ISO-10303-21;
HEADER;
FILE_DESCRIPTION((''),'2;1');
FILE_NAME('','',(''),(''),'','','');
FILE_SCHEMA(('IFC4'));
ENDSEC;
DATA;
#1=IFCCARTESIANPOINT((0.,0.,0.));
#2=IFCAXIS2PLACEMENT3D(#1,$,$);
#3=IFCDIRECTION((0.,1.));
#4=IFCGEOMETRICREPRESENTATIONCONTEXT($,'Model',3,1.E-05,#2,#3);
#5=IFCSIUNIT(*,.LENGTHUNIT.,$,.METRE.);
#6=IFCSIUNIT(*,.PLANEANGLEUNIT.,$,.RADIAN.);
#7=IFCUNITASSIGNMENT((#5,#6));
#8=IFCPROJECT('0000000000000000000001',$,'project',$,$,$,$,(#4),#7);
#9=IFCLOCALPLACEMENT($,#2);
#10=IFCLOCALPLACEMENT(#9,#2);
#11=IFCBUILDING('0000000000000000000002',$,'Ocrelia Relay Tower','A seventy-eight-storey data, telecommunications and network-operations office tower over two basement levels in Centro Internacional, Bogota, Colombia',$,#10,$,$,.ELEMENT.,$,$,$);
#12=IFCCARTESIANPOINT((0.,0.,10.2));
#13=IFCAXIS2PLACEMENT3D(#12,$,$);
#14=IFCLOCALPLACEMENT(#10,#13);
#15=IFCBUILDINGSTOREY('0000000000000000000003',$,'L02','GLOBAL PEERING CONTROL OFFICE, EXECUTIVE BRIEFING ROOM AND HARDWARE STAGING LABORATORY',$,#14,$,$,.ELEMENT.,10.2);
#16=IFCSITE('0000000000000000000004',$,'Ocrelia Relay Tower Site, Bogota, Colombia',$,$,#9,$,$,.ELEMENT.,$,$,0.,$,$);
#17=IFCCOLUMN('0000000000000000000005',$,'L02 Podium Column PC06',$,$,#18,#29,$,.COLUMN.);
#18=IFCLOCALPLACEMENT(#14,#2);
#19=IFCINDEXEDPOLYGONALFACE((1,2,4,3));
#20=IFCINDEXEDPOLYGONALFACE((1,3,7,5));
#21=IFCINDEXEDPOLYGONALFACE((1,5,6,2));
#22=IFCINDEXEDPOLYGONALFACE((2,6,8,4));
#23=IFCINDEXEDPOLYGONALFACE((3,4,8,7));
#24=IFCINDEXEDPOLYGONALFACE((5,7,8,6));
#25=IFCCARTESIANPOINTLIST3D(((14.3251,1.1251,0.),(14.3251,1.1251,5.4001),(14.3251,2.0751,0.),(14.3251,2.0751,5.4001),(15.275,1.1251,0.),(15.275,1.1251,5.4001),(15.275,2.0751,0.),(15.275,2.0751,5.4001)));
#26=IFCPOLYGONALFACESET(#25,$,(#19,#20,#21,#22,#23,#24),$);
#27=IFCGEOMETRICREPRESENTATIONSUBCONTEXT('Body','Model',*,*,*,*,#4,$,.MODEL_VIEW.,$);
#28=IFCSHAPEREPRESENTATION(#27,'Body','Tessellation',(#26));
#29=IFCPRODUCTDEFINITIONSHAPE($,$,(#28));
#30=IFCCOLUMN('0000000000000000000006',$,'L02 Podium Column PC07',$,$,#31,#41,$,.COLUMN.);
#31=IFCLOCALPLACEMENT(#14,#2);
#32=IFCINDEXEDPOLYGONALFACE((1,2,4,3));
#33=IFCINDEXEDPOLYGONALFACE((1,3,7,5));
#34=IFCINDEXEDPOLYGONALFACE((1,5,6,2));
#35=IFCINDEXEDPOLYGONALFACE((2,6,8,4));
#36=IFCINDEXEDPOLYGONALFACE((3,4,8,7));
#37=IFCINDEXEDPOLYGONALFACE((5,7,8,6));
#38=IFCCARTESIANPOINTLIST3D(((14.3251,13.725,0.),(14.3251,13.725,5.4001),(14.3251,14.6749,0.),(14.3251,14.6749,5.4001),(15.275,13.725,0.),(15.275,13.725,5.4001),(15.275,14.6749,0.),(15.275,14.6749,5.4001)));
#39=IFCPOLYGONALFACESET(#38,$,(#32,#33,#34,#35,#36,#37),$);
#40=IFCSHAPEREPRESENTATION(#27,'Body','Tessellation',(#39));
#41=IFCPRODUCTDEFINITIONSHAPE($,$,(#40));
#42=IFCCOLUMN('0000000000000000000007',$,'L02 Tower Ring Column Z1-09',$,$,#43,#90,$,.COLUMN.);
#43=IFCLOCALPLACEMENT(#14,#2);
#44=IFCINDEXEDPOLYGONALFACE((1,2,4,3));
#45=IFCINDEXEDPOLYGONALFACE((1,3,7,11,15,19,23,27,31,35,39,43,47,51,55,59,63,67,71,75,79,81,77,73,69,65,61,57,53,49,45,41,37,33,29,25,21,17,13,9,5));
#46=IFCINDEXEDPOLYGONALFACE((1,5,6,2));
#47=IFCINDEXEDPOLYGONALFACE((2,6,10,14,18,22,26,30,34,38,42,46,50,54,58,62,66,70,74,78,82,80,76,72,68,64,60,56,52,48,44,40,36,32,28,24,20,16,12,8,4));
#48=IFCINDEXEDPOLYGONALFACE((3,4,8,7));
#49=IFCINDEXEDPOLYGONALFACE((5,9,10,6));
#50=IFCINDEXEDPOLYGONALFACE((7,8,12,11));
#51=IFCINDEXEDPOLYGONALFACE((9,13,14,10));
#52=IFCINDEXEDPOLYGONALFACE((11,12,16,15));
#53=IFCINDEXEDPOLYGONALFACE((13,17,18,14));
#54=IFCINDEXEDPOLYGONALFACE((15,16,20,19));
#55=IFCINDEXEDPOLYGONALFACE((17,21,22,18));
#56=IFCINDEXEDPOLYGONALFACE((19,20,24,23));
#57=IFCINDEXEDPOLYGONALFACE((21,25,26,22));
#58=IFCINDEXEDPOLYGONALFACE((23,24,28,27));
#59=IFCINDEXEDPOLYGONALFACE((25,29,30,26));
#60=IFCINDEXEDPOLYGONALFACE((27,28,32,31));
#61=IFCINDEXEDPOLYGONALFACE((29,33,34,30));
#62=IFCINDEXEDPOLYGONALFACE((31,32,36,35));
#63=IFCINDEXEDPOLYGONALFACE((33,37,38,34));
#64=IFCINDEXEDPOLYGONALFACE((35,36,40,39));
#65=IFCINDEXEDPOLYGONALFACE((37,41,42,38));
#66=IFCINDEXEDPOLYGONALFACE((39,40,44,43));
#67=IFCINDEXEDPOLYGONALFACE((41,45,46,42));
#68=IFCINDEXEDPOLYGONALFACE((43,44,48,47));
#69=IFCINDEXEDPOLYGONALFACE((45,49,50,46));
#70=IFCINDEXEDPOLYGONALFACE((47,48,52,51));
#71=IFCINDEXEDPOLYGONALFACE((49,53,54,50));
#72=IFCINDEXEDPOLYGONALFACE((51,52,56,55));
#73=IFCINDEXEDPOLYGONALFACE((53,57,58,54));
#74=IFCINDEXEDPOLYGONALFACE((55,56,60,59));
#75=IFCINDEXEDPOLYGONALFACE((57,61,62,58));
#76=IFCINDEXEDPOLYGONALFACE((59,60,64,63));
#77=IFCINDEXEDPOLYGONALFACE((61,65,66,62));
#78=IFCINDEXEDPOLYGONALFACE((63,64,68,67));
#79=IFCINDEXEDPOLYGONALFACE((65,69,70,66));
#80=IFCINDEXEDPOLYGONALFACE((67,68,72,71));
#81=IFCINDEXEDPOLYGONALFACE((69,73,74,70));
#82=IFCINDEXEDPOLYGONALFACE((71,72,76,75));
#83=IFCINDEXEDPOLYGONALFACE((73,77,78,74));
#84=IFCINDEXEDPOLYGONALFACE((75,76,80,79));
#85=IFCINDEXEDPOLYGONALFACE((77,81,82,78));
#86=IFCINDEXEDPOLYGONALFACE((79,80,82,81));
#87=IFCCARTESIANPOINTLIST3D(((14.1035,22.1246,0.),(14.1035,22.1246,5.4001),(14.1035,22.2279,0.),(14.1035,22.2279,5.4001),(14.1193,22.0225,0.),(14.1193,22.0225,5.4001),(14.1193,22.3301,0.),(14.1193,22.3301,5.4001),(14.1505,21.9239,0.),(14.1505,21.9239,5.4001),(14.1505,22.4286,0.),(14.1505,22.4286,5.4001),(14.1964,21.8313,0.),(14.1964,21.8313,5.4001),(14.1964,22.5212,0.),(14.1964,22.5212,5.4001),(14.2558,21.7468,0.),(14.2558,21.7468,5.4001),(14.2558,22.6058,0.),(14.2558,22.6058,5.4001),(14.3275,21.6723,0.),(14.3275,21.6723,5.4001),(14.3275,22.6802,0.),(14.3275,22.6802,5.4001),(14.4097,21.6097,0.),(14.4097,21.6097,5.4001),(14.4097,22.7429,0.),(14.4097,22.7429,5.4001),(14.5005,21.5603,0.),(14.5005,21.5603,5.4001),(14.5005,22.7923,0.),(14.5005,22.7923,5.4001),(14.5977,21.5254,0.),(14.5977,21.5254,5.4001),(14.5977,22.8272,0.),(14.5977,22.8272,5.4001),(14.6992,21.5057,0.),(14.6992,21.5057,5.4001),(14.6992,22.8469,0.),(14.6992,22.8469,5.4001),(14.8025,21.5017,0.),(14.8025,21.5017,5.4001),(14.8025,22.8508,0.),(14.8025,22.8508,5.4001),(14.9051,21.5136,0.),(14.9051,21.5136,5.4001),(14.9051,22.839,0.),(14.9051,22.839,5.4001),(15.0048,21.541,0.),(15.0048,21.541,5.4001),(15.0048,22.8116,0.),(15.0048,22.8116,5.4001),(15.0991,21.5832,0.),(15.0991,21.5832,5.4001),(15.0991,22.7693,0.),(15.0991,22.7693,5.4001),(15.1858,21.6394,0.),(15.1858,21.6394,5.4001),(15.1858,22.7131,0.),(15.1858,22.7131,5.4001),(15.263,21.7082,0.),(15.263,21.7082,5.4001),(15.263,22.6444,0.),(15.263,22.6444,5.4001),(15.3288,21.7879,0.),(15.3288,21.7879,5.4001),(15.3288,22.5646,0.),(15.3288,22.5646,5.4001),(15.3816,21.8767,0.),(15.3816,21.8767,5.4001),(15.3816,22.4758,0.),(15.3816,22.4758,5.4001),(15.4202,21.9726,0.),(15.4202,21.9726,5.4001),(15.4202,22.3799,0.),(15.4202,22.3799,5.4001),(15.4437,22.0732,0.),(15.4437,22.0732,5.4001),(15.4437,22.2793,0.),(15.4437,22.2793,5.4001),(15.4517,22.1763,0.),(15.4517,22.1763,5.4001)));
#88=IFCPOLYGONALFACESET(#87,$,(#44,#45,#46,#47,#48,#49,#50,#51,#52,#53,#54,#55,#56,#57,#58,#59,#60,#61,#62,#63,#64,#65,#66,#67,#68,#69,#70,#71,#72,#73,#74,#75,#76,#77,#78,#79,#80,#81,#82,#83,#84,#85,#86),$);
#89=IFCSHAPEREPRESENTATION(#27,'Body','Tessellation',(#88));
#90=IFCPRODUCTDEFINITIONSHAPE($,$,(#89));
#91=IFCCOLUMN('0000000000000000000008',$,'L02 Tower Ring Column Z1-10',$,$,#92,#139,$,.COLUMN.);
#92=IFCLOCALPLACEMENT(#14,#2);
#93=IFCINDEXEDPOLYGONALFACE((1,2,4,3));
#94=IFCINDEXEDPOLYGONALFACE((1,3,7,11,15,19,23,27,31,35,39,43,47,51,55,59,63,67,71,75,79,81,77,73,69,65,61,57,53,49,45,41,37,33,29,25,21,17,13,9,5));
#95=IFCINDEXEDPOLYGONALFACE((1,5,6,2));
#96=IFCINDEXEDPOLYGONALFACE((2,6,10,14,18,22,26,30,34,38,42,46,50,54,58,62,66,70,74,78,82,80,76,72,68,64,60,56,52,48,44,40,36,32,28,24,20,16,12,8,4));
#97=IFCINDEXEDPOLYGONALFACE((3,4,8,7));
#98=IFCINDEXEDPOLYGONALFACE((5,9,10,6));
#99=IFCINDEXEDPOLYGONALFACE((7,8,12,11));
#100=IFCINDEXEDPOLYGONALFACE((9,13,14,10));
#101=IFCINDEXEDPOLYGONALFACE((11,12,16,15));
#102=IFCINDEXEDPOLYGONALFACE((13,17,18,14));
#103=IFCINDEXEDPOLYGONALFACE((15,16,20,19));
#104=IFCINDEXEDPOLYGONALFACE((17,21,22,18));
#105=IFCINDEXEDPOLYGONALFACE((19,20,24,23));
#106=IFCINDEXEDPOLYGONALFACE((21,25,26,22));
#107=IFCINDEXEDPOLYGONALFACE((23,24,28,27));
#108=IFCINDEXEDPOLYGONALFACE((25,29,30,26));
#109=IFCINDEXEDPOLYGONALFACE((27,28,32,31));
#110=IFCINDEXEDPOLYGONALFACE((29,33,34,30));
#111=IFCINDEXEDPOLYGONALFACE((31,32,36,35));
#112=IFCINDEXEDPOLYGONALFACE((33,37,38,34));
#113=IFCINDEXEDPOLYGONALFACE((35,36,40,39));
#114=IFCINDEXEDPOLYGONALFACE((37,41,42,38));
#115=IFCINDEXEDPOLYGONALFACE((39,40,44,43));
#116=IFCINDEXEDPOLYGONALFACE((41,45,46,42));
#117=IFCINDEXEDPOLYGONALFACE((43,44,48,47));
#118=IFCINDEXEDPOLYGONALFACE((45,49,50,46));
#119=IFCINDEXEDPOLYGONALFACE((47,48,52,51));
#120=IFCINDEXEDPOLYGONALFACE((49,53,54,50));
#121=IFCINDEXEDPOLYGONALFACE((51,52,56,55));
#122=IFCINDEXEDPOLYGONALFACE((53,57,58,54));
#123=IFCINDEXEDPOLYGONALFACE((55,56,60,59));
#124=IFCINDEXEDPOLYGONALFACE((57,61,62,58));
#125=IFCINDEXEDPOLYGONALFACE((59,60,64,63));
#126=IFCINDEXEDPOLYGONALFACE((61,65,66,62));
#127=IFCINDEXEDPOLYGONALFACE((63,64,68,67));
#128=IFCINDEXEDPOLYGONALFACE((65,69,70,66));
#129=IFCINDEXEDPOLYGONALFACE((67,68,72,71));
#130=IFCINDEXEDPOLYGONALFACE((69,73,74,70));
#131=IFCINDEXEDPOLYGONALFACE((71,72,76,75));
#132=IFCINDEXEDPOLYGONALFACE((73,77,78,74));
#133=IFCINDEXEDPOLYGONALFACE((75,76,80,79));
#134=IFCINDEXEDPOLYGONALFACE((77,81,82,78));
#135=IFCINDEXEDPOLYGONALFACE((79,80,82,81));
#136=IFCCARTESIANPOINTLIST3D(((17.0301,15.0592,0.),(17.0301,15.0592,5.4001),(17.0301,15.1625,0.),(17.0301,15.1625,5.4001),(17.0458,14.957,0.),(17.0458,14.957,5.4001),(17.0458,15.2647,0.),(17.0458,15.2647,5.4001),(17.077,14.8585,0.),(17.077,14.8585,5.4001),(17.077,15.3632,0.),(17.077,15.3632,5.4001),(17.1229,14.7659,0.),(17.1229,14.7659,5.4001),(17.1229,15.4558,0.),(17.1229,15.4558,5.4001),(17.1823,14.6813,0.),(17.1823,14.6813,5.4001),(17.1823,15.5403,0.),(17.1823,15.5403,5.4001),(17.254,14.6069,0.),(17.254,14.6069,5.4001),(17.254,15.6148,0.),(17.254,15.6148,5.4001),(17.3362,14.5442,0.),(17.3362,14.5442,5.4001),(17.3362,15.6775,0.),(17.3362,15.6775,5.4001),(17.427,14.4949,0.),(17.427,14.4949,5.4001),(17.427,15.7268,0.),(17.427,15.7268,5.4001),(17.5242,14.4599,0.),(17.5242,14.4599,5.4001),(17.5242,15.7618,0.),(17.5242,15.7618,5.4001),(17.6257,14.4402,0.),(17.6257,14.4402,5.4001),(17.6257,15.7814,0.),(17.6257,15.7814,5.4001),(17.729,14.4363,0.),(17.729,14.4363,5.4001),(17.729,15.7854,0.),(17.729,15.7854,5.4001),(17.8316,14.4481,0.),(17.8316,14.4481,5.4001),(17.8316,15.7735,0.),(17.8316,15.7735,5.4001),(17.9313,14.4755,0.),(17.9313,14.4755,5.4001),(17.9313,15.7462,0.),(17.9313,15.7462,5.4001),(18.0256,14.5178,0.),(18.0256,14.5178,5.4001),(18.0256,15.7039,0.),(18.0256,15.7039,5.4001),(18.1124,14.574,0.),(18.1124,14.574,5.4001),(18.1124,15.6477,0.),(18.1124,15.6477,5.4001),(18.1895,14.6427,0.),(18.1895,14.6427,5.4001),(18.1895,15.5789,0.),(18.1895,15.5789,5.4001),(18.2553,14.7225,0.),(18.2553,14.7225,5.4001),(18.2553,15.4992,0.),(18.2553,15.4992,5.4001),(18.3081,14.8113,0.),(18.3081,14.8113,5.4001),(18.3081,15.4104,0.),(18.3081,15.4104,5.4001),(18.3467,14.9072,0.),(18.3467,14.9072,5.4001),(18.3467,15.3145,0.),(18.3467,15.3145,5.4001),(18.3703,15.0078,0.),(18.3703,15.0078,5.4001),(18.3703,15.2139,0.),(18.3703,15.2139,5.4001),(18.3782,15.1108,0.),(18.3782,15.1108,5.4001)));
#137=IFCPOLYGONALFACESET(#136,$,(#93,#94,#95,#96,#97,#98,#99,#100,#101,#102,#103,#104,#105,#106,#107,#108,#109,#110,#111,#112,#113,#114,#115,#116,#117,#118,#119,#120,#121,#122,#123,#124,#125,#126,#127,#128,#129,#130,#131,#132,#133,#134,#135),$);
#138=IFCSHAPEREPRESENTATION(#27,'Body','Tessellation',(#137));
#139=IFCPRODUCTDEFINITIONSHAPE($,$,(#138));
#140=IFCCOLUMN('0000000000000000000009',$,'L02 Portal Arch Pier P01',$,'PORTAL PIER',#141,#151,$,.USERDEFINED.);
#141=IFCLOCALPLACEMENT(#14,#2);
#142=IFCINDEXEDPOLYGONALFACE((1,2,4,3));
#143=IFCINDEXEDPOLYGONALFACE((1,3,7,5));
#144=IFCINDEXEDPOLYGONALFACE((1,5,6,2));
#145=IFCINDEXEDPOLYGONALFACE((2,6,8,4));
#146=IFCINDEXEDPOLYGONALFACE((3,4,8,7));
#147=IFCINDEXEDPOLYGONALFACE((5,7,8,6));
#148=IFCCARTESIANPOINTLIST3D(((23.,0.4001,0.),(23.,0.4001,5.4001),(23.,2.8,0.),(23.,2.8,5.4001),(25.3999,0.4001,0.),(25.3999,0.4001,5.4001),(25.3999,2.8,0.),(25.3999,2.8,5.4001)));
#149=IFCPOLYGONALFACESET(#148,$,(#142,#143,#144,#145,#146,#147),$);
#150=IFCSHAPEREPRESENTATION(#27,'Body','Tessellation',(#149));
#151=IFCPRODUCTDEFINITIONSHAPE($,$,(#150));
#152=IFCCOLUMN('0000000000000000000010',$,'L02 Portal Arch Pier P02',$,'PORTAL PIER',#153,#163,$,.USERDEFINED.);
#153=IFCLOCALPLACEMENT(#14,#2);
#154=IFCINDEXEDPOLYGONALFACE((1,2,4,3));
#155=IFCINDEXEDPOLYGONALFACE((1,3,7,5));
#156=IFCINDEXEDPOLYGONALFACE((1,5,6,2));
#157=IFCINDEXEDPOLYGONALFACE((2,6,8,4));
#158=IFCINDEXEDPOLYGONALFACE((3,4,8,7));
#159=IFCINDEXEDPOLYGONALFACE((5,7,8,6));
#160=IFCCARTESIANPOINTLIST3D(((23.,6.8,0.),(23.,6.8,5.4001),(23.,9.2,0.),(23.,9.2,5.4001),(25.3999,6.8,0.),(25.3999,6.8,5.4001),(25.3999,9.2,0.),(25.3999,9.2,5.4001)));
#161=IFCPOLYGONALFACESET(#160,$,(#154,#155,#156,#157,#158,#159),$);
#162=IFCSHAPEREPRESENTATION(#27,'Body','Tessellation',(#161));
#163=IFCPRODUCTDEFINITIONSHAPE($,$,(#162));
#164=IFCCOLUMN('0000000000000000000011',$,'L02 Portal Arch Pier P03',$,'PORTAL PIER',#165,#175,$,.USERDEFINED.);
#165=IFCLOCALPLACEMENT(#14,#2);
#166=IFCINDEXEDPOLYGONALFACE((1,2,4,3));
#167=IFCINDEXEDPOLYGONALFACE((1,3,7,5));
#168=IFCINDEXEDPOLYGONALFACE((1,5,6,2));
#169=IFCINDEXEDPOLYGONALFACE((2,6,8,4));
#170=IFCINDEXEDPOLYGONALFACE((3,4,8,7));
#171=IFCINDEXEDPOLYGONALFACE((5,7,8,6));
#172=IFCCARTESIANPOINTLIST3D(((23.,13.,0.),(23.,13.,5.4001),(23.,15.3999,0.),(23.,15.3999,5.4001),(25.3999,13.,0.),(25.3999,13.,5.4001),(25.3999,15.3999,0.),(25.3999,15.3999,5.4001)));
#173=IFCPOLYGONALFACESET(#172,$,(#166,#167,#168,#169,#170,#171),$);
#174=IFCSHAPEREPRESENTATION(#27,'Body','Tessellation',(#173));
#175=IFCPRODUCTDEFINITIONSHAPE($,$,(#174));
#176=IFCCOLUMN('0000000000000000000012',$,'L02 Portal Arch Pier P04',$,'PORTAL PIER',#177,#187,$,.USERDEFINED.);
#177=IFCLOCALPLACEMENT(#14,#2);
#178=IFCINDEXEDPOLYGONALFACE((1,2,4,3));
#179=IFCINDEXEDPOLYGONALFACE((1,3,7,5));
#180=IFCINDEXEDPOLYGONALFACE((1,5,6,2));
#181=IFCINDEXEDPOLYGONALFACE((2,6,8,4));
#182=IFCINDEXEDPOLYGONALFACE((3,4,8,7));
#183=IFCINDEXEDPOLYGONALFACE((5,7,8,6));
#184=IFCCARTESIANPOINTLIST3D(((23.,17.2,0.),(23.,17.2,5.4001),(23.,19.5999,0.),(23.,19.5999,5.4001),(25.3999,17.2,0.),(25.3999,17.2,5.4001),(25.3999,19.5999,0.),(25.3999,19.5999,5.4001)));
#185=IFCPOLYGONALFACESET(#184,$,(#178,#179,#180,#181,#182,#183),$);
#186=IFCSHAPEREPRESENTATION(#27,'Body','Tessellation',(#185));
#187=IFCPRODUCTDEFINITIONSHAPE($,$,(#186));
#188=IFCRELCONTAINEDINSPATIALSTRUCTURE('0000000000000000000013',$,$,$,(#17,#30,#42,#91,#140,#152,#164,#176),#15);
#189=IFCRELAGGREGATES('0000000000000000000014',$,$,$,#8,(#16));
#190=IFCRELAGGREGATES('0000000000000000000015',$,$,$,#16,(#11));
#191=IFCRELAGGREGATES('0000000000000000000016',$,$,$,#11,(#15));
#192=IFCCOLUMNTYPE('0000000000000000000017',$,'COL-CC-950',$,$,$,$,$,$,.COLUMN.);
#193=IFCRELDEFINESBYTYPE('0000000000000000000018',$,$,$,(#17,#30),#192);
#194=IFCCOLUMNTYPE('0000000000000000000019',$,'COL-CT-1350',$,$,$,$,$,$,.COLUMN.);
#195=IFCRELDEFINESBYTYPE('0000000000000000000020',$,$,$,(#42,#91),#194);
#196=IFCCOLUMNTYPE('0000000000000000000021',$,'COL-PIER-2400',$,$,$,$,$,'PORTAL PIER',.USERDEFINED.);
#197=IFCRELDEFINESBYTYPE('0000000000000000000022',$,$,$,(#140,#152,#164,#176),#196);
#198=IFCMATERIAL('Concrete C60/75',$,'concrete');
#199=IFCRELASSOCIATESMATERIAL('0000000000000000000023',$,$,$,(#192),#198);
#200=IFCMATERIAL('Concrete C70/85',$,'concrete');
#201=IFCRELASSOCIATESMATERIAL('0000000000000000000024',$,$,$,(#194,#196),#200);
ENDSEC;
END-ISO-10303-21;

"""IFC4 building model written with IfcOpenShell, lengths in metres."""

from ifc_helpers import new_model, si_unit, direction, frame, origin, origin_2d, place, context, subcontext, project, spatial, rectangle, circle, extrude, material, material_profile, profile_set, type_object, element, save


model = new_model("IFC4")

# Units and contexts
model_context = context("Model", 3, precision=1e-05, world=origin(), true_north=direction((0.0, 1.0)))
body_context = subcontext(model_context, "Body", "Model", "MODEL_VIEW")
ifc_project = project(units=[si_unit("LENGTHUNIT", "METRE"), si_unit("PLANEANGLEUNIT", "RADIAN")], contexts=[model_context])

# Site, building, storey
site_placement = place(None, origin())
site = spatial("IfcSite", under=ifc_project, at=site_placement, Name="Ocrelia Relay Tower Site, Bogota, Colombia", CompositionType="ELEMENT", RefElevation=0.0)
building_placement = place(site_placement, origin())
building = spatial("IfcBuilding", under=site, at=building_placement, Name="Ocrelia Relay Tower", Description="A seventy-eight-storey data, telecommunications and network-operations office tower over two basement levels in Centro Internacional, Bogota, Colombia", CompositionType="ELEMENT")
storey_placement = place(building_placement, frame((0.0, 0.0, 10.2)))
storey = spatial("IfcBuildingStorey", under=building, at=storey_placement, Name="L02", Description="GLOBAL PEERING CONTROL OFFICE, EXECUTIVE BRIEFING ROOM AND HARDWARE STAGING LABORATORY", CompositionType="ELEMENT", Elevation=10.2)

# Columns
ifc_material_1 = material(Name="Concrete C60/75", Category="concrete")
ifc_material_profile_1 = material_profile(ifc_material_1, rectangle(XDim=0.95, YDim=0.95, at=origin_2d()), Name="RC-COL-950x950")
ifc_profile_set_1 = profile_set([ifc_material_profile_1], Name="Concrete C60/75")
column_type_1 = type_object("IfcColumnType", Name="COL-CC-950", PredefinedType="COLUMN", material=ifc_profile_set_1)
for number, where, z_axis, x_axis, name in (
    (1, (14.8, 1.6001, 0.0), (0.0, 0.0, 1.0), (1.0, 0.0, 0.0), "L02 Podium Column PC06"),
    (2, (14.8, 14.2, 0.0), (0.0, 0.0, 1.0), (1.0, 0.0, 0.0), "L02 Podium Column PC07"),
):
    element("IfcColumn", number, at=place(storey_placement, frame(where, z_axis=z_axis, x_axis=x_axis)), inside=storey, type_object=column_type_1, Name=name, PredefinedType="COLUMN", context=body_context, shape_type="SweptSolid", body=[
        extrude(rectangle(XDim=0.95, YDim=0.95, at=origin_2d()), origin(), (0.0, 0.0, 1.0), 5.4001),
    ])
ifc_material_2 = material(Name="Concrete C70/85", Category="concrete")
ifc_material_profile_2 = material_profile(ifc_material_2, circle(Radius=0.675, at=origin_2d()), Name="RC-CIR-1350")
ifc_profile_set_2 = profile_set([ifc_material_profile_2], Name="Concrete C70/85")
column_type_2 = type_object("IfcColumnType", Name="COL-CT-1350", PredefinedType="COLUMN", material=ifc_profile_set_2)
for number, where, z_axis, x_axis, name in (
    (3, (14.7766, 22.1763, 0.0), (0.0, 0.0, 1.0), (1.0, 0.0, 0.0), "L02 Tower Ring Column Z1-09"),
    (4, (17.7031, 15.1108, 0.0), (0.0, 0.0, 1.0), (1.0, 0.0, 0.0), "L02 Tower Ring Column Z1-10"),
):
    element("IfcColumn", number, at=place(storey_placement, frame(where, z_axis=z_axis, x_axis=x_axis)), inside=storey, type_object=column_type_2, Name=name, PredefinedType="COLUMN", context=body_context, shape_type="SweptSolid", body=[
        extrude(circle(Radius=0.675, at=origin_2d()), origin(), (0.0, 0.0, 1.0), 5.4001),
    ])
ifc_material_profile_3 = material_profile(ifc_material_2, rectangle(XDim=2.3999, YDim=2.3999, at=origin_2d()), Name="RC-PIER-2400x2400")
ifc_profile_set_3 = profile_set([ifc_material_profile_3], Name="Concrete C70/85")
column_type_3 = type_object("IfcColumnType", Name="COL-PIER-2400", ElementType="PORTAL PIER", PredefinedType="USERDEFINED", material=ifc_profile_set_3)
for number, where, z_axis, x_axis, name in (
    (5, (24.2, 1.6001, 0.0), (0.0, 0.0, 1.0), (1.0, 0.0, 0.0), "L02 Portal Arch Pier P01"),
    (6, (24.2, 8.0, 0.0), (0.0, 0.0, 1.0), (1.0, 0.0, 0.0), "L02 Portal Arch Pier P02"),
    (7, (24.2, 14.2, 0.0), (0.0, 0.0, 1.0), (1.0, 0.0, 0.0), "L02 Portal Arch Pier P03"),
    (8, (24.2, 18.3999, 0.0), (0.0, 0.0, 1.0), (1.0, 0.0, 0.0), "L02 Portal Arch Pier P04"),
):
    element("IfcColumn", number, at=place(storey_placement, frame(where, z_axis=z_axis, x_axis=x_axis)), inside=storey, type_object=column_type_3, Name=name, ObjectType="PORTAL PIER", PredefinedType="USERDEFINED", context=body_context, shape_type="SweptSolid", body=[
        extrude(rectangle(XDim=2.3999, YDim=2.3999, at=origin_2d()), origin(), (0.0, 0.0, 1.0), 5.4001),
    ])

save(model, "model.ifc")
